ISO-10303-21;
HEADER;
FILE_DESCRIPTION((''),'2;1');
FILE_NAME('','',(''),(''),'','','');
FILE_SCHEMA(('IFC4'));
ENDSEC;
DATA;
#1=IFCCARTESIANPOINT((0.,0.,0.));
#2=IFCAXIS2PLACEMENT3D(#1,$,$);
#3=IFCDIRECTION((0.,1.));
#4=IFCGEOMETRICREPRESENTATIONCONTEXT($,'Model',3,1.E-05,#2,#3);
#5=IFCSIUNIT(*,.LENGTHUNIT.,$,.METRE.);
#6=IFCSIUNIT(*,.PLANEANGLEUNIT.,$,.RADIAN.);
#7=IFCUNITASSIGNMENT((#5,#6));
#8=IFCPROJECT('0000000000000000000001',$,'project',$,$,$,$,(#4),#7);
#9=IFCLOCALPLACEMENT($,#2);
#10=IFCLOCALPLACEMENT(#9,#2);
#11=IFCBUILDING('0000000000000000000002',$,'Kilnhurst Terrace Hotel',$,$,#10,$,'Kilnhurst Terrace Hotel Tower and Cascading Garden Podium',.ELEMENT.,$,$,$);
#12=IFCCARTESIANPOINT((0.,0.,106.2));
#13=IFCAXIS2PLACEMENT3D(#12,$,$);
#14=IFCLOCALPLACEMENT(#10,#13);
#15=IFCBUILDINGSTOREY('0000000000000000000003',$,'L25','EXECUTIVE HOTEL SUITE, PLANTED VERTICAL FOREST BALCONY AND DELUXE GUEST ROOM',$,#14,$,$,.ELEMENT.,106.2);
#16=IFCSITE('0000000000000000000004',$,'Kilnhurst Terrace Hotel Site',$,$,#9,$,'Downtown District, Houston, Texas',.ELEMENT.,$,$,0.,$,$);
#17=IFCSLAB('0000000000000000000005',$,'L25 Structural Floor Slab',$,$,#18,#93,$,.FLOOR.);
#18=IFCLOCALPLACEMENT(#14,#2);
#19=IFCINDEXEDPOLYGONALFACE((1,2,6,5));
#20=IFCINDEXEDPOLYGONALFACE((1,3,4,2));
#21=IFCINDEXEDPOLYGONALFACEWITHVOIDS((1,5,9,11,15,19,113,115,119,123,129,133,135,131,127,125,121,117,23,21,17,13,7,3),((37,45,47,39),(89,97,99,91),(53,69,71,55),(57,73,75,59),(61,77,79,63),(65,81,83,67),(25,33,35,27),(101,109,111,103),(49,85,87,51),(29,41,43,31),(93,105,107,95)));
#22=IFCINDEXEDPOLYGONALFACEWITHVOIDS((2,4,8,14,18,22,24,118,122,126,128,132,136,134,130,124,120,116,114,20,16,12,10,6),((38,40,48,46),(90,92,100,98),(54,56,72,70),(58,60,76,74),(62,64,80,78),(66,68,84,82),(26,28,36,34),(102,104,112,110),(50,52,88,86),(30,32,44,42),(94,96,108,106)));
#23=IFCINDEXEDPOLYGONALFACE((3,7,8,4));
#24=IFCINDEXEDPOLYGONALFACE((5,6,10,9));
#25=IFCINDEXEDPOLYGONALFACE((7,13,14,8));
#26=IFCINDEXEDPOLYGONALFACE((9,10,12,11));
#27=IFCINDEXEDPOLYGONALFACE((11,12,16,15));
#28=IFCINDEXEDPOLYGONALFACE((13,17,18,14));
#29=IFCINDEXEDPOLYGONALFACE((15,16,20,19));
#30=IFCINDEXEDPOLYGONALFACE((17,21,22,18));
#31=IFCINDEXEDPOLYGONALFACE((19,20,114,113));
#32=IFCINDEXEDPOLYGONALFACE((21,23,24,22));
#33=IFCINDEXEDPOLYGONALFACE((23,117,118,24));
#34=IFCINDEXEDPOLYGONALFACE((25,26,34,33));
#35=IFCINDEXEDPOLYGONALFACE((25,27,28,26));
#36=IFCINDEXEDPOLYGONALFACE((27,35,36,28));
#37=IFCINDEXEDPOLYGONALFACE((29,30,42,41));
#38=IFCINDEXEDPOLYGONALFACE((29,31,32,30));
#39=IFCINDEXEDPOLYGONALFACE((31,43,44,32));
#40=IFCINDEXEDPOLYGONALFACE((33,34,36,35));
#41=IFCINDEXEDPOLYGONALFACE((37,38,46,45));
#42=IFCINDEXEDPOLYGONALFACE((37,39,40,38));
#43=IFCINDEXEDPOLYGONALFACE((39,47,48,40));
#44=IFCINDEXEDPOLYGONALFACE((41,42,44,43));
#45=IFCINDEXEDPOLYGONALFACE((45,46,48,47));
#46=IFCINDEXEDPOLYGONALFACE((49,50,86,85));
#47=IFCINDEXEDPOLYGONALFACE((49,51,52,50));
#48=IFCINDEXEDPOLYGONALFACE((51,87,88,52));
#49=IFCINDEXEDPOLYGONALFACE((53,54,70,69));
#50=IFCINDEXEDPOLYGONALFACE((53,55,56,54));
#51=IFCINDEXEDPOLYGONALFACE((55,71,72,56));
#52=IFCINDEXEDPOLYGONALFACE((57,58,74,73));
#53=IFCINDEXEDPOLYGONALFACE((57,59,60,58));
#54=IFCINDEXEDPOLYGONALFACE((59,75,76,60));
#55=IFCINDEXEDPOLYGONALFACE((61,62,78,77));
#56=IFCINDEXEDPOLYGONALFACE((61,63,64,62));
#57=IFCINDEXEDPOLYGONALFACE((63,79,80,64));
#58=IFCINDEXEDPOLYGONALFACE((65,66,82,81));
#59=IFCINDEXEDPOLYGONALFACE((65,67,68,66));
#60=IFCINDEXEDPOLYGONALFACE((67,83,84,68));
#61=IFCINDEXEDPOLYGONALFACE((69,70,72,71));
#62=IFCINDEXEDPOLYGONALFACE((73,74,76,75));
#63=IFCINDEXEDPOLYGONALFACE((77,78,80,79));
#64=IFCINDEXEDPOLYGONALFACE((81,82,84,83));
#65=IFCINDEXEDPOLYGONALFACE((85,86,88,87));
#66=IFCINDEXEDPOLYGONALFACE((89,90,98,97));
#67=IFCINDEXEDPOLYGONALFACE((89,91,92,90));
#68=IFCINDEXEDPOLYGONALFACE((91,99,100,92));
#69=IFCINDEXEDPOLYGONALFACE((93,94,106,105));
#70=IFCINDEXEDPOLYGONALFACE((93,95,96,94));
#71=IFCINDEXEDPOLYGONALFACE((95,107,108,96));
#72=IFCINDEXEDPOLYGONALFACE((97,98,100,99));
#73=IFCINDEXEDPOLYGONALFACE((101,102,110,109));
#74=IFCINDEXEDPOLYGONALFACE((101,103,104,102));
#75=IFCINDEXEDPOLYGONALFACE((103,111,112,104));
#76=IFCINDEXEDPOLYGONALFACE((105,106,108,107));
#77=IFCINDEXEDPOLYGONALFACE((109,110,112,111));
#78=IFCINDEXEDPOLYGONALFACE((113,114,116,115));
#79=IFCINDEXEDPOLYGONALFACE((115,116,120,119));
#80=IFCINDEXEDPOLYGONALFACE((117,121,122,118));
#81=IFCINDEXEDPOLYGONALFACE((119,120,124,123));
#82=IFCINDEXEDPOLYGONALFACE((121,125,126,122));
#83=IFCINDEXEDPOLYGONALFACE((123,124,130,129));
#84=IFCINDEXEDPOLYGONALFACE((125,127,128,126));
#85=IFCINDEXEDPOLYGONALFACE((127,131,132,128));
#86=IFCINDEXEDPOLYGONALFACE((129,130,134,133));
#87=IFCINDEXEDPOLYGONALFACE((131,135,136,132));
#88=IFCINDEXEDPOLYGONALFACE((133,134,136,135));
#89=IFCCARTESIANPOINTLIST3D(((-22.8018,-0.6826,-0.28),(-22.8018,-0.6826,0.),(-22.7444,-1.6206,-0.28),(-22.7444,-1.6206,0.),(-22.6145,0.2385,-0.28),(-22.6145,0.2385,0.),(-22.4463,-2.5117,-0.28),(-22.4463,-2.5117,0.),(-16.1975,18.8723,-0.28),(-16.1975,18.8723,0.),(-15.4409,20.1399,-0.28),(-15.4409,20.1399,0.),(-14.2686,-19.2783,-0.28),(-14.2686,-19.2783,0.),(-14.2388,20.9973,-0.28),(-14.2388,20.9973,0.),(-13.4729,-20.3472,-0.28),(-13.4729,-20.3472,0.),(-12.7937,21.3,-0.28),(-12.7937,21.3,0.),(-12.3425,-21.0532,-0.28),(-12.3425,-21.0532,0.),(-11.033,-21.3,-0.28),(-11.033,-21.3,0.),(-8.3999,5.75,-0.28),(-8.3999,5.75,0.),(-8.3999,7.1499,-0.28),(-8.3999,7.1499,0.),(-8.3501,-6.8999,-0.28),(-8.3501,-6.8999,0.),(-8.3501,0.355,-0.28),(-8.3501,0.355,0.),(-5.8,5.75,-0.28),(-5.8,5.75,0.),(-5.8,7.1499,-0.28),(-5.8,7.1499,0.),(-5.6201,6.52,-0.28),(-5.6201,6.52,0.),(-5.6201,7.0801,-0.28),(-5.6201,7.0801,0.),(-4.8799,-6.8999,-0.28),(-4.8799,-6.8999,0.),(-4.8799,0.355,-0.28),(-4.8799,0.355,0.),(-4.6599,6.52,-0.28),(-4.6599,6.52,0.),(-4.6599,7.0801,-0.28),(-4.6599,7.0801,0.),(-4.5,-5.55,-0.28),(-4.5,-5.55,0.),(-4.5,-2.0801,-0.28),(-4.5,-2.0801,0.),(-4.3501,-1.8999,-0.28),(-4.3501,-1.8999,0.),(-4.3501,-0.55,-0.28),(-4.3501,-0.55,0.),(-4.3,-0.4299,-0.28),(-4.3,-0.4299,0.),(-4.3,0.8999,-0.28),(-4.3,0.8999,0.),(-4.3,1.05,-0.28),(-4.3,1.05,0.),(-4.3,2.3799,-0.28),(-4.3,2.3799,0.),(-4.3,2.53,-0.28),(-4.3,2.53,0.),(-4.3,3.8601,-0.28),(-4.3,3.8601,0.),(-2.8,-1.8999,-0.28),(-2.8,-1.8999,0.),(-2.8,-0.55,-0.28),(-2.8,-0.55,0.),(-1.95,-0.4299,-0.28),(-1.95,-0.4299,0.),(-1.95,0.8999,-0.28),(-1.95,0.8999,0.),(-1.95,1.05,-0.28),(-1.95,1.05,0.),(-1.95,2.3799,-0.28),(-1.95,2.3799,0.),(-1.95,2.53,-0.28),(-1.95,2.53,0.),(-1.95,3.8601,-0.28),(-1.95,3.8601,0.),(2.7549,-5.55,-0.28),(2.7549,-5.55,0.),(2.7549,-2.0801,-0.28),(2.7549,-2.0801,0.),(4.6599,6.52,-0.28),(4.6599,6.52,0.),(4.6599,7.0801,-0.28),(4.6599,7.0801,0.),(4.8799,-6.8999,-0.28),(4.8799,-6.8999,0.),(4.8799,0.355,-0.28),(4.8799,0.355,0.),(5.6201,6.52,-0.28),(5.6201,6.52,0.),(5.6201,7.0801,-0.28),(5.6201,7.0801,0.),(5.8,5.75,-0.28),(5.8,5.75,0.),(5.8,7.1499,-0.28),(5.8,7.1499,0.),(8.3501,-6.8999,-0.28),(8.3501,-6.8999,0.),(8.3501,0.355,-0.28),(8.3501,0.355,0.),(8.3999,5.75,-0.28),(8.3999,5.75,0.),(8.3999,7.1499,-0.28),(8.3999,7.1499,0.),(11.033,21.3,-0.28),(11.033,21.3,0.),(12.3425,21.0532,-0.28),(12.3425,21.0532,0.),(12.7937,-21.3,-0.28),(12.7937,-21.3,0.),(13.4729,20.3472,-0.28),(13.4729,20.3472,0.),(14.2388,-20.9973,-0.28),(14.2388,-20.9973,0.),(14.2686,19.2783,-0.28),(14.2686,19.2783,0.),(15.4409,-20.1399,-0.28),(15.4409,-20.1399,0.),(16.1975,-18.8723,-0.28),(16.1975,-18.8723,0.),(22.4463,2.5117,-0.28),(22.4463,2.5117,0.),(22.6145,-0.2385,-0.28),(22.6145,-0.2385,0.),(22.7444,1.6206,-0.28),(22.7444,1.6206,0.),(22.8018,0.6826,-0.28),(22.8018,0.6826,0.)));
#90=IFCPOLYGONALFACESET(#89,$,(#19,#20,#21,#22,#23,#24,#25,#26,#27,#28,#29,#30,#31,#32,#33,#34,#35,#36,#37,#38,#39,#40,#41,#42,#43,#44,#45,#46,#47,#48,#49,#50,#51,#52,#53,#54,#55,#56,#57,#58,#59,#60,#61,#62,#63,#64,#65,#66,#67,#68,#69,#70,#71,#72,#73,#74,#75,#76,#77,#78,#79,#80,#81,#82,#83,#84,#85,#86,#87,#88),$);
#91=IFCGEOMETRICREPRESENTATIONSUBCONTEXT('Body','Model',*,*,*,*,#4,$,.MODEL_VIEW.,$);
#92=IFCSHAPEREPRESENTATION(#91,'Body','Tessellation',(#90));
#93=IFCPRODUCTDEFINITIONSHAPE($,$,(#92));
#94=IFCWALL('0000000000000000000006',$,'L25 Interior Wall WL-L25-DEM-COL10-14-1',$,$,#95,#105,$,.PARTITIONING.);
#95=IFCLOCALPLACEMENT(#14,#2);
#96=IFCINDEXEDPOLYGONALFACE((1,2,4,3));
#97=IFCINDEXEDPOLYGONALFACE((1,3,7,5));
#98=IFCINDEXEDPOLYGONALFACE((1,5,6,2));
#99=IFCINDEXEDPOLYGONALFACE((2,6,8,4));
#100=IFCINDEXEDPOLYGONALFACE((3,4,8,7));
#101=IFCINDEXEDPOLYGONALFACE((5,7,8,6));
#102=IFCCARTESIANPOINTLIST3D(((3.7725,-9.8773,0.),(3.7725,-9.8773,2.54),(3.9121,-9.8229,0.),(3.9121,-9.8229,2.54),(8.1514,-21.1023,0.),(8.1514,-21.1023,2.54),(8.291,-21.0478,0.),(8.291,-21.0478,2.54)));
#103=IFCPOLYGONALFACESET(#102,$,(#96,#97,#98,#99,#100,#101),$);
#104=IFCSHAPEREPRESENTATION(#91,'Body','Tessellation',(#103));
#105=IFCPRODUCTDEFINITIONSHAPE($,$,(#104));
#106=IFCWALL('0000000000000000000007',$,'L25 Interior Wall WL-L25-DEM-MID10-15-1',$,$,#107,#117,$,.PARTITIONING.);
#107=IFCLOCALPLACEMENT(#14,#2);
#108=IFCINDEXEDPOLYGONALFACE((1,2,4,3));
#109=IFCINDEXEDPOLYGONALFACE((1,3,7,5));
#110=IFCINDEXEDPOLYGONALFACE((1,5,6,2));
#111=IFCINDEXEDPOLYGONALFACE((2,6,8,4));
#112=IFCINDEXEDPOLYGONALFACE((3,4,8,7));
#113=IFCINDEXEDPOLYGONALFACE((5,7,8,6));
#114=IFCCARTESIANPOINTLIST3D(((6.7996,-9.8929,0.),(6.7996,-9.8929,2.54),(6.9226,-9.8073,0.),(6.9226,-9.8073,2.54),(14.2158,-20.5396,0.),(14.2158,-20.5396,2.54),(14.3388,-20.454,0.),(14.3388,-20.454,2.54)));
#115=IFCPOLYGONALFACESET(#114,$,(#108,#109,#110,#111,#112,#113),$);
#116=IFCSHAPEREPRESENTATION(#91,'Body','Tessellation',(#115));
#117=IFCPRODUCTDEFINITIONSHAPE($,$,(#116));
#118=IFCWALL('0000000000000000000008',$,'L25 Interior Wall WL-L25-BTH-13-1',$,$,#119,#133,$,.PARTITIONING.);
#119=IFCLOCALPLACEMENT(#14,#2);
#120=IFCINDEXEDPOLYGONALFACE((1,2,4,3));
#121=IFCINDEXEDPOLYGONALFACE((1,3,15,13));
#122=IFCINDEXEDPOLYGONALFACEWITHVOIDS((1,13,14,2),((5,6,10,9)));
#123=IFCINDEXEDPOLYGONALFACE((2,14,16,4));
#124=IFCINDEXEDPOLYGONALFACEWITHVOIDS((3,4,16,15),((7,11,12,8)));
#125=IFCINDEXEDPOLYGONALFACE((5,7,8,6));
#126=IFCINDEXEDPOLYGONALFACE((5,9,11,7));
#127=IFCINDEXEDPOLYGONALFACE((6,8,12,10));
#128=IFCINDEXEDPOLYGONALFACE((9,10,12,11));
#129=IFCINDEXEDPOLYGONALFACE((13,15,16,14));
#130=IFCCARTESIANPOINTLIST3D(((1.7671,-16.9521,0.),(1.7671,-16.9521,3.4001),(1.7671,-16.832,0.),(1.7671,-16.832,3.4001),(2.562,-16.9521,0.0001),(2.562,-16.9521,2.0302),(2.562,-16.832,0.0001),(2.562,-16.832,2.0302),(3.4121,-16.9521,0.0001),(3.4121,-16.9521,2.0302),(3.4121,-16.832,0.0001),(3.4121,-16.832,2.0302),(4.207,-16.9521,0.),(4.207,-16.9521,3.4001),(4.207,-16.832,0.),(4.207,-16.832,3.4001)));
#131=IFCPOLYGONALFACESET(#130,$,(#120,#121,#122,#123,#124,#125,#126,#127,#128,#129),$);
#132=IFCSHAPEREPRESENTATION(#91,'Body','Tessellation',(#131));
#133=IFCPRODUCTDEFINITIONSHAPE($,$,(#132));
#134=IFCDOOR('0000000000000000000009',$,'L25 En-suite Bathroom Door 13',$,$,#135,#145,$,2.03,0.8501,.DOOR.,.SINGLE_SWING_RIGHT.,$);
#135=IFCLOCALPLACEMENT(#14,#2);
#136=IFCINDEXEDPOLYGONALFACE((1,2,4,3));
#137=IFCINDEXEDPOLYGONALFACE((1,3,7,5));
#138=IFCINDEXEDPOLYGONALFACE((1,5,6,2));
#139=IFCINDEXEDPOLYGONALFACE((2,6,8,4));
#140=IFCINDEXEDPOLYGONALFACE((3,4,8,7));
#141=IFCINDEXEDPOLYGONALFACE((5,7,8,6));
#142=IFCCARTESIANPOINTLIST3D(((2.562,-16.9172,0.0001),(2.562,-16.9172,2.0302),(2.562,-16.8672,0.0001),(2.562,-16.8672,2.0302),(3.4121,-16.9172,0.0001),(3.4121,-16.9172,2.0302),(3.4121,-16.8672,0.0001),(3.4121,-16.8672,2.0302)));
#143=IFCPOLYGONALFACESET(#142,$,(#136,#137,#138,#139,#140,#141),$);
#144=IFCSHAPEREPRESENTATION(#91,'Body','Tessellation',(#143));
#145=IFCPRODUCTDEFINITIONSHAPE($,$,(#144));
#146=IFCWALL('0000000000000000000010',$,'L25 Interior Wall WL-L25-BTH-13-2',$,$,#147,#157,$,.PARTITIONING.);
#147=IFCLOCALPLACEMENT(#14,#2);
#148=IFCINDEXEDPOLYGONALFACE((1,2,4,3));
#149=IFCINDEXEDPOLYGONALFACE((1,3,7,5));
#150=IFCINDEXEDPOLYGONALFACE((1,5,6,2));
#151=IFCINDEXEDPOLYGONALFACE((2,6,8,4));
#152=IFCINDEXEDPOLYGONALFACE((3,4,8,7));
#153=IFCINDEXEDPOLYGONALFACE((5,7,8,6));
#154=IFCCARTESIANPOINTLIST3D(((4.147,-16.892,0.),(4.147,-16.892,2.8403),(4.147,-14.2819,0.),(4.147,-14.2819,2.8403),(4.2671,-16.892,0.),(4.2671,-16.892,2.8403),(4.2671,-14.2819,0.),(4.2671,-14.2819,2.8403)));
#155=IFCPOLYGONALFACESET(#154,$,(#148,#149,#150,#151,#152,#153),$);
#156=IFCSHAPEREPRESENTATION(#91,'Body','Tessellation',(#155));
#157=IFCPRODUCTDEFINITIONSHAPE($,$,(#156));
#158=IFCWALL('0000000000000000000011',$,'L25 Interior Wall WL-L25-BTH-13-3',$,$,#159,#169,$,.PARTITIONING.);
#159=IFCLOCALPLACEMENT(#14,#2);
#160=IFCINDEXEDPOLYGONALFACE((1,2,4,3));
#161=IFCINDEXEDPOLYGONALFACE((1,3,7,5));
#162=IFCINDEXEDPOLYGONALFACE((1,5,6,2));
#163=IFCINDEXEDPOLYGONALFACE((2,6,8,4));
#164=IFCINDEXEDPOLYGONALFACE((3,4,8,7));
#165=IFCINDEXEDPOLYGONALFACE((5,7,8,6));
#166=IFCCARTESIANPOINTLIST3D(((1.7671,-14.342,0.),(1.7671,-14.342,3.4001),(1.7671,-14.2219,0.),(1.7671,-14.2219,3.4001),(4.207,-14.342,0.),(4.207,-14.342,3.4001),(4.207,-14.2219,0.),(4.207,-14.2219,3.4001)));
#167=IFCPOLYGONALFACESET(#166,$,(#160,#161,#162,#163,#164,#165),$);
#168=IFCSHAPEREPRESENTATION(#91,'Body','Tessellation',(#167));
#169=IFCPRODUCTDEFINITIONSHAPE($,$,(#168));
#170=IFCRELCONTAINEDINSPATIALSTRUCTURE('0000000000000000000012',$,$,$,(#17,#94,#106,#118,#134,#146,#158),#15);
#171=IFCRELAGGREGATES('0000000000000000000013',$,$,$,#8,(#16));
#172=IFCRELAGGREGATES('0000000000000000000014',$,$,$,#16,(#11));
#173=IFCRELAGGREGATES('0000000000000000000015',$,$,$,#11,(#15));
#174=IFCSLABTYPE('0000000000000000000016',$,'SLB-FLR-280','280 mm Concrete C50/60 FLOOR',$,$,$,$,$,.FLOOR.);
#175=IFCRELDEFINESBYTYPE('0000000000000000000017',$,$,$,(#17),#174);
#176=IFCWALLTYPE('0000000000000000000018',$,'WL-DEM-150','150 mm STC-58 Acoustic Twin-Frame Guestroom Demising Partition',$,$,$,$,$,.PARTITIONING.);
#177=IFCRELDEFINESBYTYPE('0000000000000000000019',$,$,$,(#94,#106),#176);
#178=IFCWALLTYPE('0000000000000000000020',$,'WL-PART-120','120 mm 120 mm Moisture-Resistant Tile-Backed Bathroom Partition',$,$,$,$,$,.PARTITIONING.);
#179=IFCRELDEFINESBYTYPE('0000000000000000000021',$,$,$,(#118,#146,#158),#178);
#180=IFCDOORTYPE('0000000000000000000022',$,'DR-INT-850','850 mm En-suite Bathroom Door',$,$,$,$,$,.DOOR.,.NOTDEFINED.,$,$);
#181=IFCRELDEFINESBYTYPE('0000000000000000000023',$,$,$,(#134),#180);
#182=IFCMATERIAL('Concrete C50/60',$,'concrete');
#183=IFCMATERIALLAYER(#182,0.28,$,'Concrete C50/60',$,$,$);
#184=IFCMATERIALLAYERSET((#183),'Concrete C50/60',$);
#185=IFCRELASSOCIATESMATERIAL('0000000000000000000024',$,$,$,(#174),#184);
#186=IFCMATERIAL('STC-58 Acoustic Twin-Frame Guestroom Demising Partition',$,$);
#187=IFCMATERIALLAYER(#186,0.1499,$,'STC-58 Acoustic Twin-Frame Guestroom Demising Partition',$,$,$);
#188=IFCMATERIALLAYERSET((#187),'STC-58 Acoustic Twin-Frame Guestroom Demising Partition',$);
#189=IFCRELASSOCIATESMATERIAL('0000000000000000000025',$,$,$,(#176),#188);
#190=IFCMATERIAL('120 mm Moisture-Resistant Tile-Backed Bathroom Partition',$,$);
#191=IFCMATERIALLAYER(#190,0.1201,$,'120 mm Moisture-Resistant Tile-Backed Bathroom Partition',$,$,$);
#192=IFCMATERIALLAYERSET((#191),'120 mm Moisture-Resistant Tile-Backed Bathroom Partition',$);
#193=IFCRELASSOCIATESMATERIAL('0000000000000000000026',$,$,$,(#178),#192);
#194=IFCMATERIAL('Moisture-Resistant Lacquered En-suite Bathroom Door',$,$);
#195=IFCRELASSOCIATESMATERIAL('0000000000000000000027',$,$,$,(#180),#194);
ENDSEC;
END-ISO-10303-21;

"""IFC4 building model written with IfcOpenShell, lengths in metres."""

from ifc_helpers import new_model, si_unit, direction, frame, frame_2d, origin, place, context, subcontext, project, spatial, polyline, rectangle, outline, extrude, material, layer, layer_set, type_object, element, fill, save


model = new_model("IFC4")

# Units and contexts
model_context = context("Model", 3, precision=1e-05, world=origin(), true_north=direction((0.0, 1.0)))
body_context = subcontext(model_context, "Body", "Model", "MODEL_VIEW")
ifc_project = project(units=[si_unit("LENGTHUNIT", "METRE"), si_unit("PLANEANGLEUNIT", "RADIAN")], contexts=[model_context])

# Site, building, storey
site_placement = place(None, origin())
site = spatial("IfcSite", under=ifc_project, at=site_placement, Name="Kilnhurst Terrace Hotel Site", LongName="Downtown District, Houston, Texas", CompositionType="ELEMENT", RefElevation=0.0)
building_placement = place(site_placement, origin())
building = spatial("IfcBuilding", under=site, at=building_placement, Name="Kilnhurst Terrace Hotel", LongName="Kilnhurst Terrace Hotel Tower and Cascading Garden Podium", CompositionType="ELEMENT")
storey_placement = place(building_placement, frame((0.0, 0.0, 106.2)))
storey = spatial("IfcBuildingStorey", under=building, at=storey_placement, Name="L25", Description="EXECUTIVE HOTEL SUITE, PLANTED VERTICAL FOREST BALCONY AND DELUXE GUEST ROOM", CompositionType="ELEMENT", Elevation=106.2)

# Shared definitions
ifc_material_1 = material(Name="Concrete C50/60", Category="concrete")

# Slab
ifc_layer_1 = layer(ifc_material_1, 0.28, Name="Concrete C50/60")
ifc_layer_set_1 = layer_set([ifc_layer_1], Name="Concrete C50/60")
slab_type_1 = type_object("IfcSlabType", Name="SLB-FLR-280", Description="280 mm Concrete C50/60 FLOOR", PredefinedType="FLOOR", material=ifc_layer_set_1)
slab_1_placement = place(storey_placement, frame((0.0, 0.0, -0.28)))
element("IfcSlab", 1, at=slab_1_placement, inside=storey, type_object=slab_type_1, Name="L25 Structural Floor Slab", PredefinedType="FLOOR", context=body_context, shape_type="SweptSolid", body=[
    extrude(outline(polyline([(-14.2686, -19.2783), (-13.4729, -20.3472), (-12.3425, -21.0532), (-11.033, -21.3), (12.7937, -21.3), (14.2388, -20.9973), (15.4409, -20.1399), (16.1975, -18.8723), (22.6145, -0.2385), (22.8018, 0.6826), (22.7444, 1.6206), (22.4463, 2.5117), (14.2686, 19.2783), (13.4729, 20.3472), (12.3425, 21.0532), (11.033, 21.3), (-12.7937, 21.3), (-14.2388, 20.9973), (-15.4409, 20.1399), (-16.1975, 18.8723), (-22.6145, 0.2385), (-22.8018, -0.6826), (-22.7444, -1.6206), (-22.4463, -2.5117), (-14.2686, -19.2783)]), holes=[polyline([(-8.3501, 0.355), (-4.8799, 0.355), (-4.8799, -6.8999), (-8.3501, -6.8999), (-8.3501, 0.355)]), polyline([(-2.8, -1.8999), (-4.3501, -1.8999), (-4.3501, -0.55), (-2.8, -0.55), (-2.8, -1.8999)]), polyline([(-1.95, -0.4299), (-4.3, -0.4299), (-4.3, 0.8999), (-1.95, 0.8999), (-1.95, -0.4299)]), polyline([(-4.3, 1.05), (-4.3, 2.3799), (-1.95, 2.3799), (-1.95, 1.05), (-4.3, 1.05)]), polyline([(-8.3999, 5.75), (-8.3999, 7.1499), (-5.8, 7.1499), (-5.8, 5.75), (-8.3999, 5.75)]), polyline([(-4.6599, 6.52), (-5.6201, 6.52), (-5.6201, 7.0801), (-4.6599, 7.0801), (-4.6599, 6.52)]), polyline([(2.7549, -5.55), (-4.5, -5.55), (-4.5, -2.0801), (2.7549, -2.0801), (2.7549, -5.55)]), polyline([(8.3501, 0.355), (8.3501, -6.8999), (4.8799, -6.8999), (4.8799, 0.355), (8.3501, 0.355)]), polyline([(-1.95, 2.53), (-4.3, 2.53), (-4.3, 3.8601), (-1.95, 3.8601), (-1.95, 2.53)]), polyline([(5.8, 5.75), (5.8, 7.1499), (8.3999, 7.1499), (8.3999, 5.75), (5.8, 5.75)]), polyline([(4.6599, 6.52), (4.6599, 7.0801), (5.6201, 7.0801), (5.6201, 6.52), (4.6599, 6.52)])]), origin(), (0.0, 0.0, 1.0), 0.28),
])

# Walls
ifc_material_2 = material(Name="STC-58 Acoustic Twin-Frame Guestroom Demising Partition")
ifc_layer_2 = layer(ifc_material_2, 0.1499, Name="STC-58 Acoustic Twin-Frame Guestroom Demising Partition")
ifc_layer_set_2 = layer_set([ifc_layer_2], Name="STC-58 Acoustic Twin-Frame Guestroom Demising Partition")
wall_type_1 = type_object("IfcWallType", Name="WL-DEM-150", Description="150 mm STC-58 Acoustic Twin-Frame Guestroom Demising Partition", PredefinedType="PARTITIONING", material=ifc_layer_set_2)
wall_1_placement = place(storey_placement, frame((3.8423, -9.8501, 0.0), z_axis=(0.0, 0.0, 1.0), x_axis=(0.363433, -0.93162, 0.0)))
element("IfcWall", 2, at=wall_1_placement, inside=storey, type_object=wall_type_1, Name="L25 Interior Wall WL-L25-DEM-COL10-14-1", PredefinedType="PARTITIONING", context=body_context, shape_type="SweptSolid", body=[
    extrude(rectangle(XDim=12.0488, YDim=0.1499, at=frame_2d((6.0244, 0.0))), origin(), (0.0, 0.0, 1.0), 2.54),
])
wall_2_placement = place(storey_placement, frame((6.8611, -9.8501, 0.0), z_axis=(0.0, 0.0, 1.0), x_axis=(0.571575, -0.82055, 0.0)))
element("IfcWall", 3, at=wall_2_placement, inside=storey, type_object=wall_type_1, Name="L25 Interior Wall WL-L25-DEM-MID10-15-1", PredefinedType="PARTITIONING", context=body_context, shape_type="SweptSolid", body=[
    extrude(rectangle(XDim=12.9751, YDim=0.1499, at=frame_2d((6.4875, 0.0))), origin(), (0.0, 0.0, 1.0), 2.54),
])

# Wall, opening, door
ifc_material_3 = material(Name="120 mm Moisture-Resistant Tile-Backed Bathroom Partition")
ifc_layer_3 = layer(ifc_material_3, 0.1201, Name="120 mm Moisture-Resistant Tile-Backed Bathroom Partition")
ifc_layer_set_3 = layer_set([ifc_layer_3], Name="120 mm Moisture-Resistant Tile-Backed Bathroom Partition")
wall_type_2 = type_object("IfcWallType", Name="WL-PART-120", Description="120 mm 120 mm Moisture-Resistant Tile-Backed Bathroom Partition", PredefinedType="PARTITIONING", material=ifc_layer_set_3)
wall_3_placement = place(storey_placement, frame((1.7671, -16.8921, 0.0), z_axis=(0.0, 0.0, 1.0), x_axis=(1.0, 0.0, 0.0)))
wall_3 = element("IfcWall", 4, at=wall_3_placement, inside=storey, type_object=wall_type_2, Name="L25 Interior Wall WL-L25-BTH-13-1", PredefinedType="PARTITIONING", context=body_context, shape_type="SweptSolid", body=[
    extrude(rectangle(XDim=2.4399, YDim=0.1201, at=frame_2d((1.22, 0.0))), origin(), (0.0, 0.0, 1.0), 3.4001),
])
opening_placement = place(wall_3_placement, frame((0.7949, 0.0, 0.0)))
opening = element("IfcOpeningElement", 5, at=opening_placement, cuts=wall_3, PredefinedType="OPENING", context=body_context, shape_type="SweptSolid", body=[
    extrude(rectangle(XDim=0.8501, YDim=2.03, at=frame_2d((0.425, 1.0151))), frame((0.0, 0.0701, 0.0), z_axis=(0.0, -1.0, 0.0), x_axis=(1.0, 0.0, 0.0)), (0.0, 0.0, 1.0), 0.1401),
])
ifc_material_4 = material(Name="Moisture-Resistant Lacquered En-suite Bathroom Door")
door_type = type_object("IfcDoorType", Name="DR-INT-850", Description="850 mm En-suite Bathroom Door", OperationType="NOTDEFINED", PredefinedType="DOOR", material=ifc_material_4)
door_placement = place(opening_placement, origin())
door = element("IfcDoor", 6, at=door_placement, inside=storey, type_object=door_type, Name="L25 En-suite Bathroom Door 13", OperationType="SINGLE_SWING_RIGHT", OverallHeight=2.03, OverallWidth=0.8501, PredefinedType="DOOR", context=body_context, shape_type="SweptSolid", body=[
    extrude(rectangle(XDim=0.8501, YDim=2.03, at=frame_2d((0.425, 1.0151))), frame((0.0, 0.0249, 0.0), z_axis=(0.0, -1.0, 0.0), x_axis=(1.0, 0.0, 0.0)), (0.0, 0.0, 1.0), 0.05),
])
fill(opening, door)

# Walls
wall_4_placement = place(storey_placement, frame((4.207, -16.8921, 0.0), z_axis=(0.0, 0.0, 1.0), x_axis=(0.0, 1.0, 0.0)))
element("IfcWall", 7, at=wall_4_placement, inside=storey, type_object=wall_type_2, Name="L25 Interior Wall WL-L25-BTH-13-2", PredefinedType="PARTITIONING", context=body_context, shape_type="SweptSolid", body=[
    extrude(rectangle(XDim=2.6101, YDim=0.1201, at=frame_2d((1.3052, 0.0))), origin(), (0.0, 0.0, 1.0), 2.8403),
])
wall_5_placement = place(storey_placement, frame((4.207, -14.282, 0.0), z_axis=(0.0, 0.0, 1.0), x_axis=(-1.0, 0.0, 0.0)))
element("IfcWall", 8, at=wall_5_placement, inside=storey, type_object=wall_type_2, Name="L25 Interior Wall WL-L25-BTH-13-3", PredefinedType="PARTITIONING", context=body_context, shape_type="SweptSolid", body=[
    extrude(rectangle(XDim=2.4399, YDim=0.1201, at=frame_2d((1.22, 0.0))), origin(), (0.0, 0.0, 1.0), 3.4001),
])

save(model, "model.ifc")
